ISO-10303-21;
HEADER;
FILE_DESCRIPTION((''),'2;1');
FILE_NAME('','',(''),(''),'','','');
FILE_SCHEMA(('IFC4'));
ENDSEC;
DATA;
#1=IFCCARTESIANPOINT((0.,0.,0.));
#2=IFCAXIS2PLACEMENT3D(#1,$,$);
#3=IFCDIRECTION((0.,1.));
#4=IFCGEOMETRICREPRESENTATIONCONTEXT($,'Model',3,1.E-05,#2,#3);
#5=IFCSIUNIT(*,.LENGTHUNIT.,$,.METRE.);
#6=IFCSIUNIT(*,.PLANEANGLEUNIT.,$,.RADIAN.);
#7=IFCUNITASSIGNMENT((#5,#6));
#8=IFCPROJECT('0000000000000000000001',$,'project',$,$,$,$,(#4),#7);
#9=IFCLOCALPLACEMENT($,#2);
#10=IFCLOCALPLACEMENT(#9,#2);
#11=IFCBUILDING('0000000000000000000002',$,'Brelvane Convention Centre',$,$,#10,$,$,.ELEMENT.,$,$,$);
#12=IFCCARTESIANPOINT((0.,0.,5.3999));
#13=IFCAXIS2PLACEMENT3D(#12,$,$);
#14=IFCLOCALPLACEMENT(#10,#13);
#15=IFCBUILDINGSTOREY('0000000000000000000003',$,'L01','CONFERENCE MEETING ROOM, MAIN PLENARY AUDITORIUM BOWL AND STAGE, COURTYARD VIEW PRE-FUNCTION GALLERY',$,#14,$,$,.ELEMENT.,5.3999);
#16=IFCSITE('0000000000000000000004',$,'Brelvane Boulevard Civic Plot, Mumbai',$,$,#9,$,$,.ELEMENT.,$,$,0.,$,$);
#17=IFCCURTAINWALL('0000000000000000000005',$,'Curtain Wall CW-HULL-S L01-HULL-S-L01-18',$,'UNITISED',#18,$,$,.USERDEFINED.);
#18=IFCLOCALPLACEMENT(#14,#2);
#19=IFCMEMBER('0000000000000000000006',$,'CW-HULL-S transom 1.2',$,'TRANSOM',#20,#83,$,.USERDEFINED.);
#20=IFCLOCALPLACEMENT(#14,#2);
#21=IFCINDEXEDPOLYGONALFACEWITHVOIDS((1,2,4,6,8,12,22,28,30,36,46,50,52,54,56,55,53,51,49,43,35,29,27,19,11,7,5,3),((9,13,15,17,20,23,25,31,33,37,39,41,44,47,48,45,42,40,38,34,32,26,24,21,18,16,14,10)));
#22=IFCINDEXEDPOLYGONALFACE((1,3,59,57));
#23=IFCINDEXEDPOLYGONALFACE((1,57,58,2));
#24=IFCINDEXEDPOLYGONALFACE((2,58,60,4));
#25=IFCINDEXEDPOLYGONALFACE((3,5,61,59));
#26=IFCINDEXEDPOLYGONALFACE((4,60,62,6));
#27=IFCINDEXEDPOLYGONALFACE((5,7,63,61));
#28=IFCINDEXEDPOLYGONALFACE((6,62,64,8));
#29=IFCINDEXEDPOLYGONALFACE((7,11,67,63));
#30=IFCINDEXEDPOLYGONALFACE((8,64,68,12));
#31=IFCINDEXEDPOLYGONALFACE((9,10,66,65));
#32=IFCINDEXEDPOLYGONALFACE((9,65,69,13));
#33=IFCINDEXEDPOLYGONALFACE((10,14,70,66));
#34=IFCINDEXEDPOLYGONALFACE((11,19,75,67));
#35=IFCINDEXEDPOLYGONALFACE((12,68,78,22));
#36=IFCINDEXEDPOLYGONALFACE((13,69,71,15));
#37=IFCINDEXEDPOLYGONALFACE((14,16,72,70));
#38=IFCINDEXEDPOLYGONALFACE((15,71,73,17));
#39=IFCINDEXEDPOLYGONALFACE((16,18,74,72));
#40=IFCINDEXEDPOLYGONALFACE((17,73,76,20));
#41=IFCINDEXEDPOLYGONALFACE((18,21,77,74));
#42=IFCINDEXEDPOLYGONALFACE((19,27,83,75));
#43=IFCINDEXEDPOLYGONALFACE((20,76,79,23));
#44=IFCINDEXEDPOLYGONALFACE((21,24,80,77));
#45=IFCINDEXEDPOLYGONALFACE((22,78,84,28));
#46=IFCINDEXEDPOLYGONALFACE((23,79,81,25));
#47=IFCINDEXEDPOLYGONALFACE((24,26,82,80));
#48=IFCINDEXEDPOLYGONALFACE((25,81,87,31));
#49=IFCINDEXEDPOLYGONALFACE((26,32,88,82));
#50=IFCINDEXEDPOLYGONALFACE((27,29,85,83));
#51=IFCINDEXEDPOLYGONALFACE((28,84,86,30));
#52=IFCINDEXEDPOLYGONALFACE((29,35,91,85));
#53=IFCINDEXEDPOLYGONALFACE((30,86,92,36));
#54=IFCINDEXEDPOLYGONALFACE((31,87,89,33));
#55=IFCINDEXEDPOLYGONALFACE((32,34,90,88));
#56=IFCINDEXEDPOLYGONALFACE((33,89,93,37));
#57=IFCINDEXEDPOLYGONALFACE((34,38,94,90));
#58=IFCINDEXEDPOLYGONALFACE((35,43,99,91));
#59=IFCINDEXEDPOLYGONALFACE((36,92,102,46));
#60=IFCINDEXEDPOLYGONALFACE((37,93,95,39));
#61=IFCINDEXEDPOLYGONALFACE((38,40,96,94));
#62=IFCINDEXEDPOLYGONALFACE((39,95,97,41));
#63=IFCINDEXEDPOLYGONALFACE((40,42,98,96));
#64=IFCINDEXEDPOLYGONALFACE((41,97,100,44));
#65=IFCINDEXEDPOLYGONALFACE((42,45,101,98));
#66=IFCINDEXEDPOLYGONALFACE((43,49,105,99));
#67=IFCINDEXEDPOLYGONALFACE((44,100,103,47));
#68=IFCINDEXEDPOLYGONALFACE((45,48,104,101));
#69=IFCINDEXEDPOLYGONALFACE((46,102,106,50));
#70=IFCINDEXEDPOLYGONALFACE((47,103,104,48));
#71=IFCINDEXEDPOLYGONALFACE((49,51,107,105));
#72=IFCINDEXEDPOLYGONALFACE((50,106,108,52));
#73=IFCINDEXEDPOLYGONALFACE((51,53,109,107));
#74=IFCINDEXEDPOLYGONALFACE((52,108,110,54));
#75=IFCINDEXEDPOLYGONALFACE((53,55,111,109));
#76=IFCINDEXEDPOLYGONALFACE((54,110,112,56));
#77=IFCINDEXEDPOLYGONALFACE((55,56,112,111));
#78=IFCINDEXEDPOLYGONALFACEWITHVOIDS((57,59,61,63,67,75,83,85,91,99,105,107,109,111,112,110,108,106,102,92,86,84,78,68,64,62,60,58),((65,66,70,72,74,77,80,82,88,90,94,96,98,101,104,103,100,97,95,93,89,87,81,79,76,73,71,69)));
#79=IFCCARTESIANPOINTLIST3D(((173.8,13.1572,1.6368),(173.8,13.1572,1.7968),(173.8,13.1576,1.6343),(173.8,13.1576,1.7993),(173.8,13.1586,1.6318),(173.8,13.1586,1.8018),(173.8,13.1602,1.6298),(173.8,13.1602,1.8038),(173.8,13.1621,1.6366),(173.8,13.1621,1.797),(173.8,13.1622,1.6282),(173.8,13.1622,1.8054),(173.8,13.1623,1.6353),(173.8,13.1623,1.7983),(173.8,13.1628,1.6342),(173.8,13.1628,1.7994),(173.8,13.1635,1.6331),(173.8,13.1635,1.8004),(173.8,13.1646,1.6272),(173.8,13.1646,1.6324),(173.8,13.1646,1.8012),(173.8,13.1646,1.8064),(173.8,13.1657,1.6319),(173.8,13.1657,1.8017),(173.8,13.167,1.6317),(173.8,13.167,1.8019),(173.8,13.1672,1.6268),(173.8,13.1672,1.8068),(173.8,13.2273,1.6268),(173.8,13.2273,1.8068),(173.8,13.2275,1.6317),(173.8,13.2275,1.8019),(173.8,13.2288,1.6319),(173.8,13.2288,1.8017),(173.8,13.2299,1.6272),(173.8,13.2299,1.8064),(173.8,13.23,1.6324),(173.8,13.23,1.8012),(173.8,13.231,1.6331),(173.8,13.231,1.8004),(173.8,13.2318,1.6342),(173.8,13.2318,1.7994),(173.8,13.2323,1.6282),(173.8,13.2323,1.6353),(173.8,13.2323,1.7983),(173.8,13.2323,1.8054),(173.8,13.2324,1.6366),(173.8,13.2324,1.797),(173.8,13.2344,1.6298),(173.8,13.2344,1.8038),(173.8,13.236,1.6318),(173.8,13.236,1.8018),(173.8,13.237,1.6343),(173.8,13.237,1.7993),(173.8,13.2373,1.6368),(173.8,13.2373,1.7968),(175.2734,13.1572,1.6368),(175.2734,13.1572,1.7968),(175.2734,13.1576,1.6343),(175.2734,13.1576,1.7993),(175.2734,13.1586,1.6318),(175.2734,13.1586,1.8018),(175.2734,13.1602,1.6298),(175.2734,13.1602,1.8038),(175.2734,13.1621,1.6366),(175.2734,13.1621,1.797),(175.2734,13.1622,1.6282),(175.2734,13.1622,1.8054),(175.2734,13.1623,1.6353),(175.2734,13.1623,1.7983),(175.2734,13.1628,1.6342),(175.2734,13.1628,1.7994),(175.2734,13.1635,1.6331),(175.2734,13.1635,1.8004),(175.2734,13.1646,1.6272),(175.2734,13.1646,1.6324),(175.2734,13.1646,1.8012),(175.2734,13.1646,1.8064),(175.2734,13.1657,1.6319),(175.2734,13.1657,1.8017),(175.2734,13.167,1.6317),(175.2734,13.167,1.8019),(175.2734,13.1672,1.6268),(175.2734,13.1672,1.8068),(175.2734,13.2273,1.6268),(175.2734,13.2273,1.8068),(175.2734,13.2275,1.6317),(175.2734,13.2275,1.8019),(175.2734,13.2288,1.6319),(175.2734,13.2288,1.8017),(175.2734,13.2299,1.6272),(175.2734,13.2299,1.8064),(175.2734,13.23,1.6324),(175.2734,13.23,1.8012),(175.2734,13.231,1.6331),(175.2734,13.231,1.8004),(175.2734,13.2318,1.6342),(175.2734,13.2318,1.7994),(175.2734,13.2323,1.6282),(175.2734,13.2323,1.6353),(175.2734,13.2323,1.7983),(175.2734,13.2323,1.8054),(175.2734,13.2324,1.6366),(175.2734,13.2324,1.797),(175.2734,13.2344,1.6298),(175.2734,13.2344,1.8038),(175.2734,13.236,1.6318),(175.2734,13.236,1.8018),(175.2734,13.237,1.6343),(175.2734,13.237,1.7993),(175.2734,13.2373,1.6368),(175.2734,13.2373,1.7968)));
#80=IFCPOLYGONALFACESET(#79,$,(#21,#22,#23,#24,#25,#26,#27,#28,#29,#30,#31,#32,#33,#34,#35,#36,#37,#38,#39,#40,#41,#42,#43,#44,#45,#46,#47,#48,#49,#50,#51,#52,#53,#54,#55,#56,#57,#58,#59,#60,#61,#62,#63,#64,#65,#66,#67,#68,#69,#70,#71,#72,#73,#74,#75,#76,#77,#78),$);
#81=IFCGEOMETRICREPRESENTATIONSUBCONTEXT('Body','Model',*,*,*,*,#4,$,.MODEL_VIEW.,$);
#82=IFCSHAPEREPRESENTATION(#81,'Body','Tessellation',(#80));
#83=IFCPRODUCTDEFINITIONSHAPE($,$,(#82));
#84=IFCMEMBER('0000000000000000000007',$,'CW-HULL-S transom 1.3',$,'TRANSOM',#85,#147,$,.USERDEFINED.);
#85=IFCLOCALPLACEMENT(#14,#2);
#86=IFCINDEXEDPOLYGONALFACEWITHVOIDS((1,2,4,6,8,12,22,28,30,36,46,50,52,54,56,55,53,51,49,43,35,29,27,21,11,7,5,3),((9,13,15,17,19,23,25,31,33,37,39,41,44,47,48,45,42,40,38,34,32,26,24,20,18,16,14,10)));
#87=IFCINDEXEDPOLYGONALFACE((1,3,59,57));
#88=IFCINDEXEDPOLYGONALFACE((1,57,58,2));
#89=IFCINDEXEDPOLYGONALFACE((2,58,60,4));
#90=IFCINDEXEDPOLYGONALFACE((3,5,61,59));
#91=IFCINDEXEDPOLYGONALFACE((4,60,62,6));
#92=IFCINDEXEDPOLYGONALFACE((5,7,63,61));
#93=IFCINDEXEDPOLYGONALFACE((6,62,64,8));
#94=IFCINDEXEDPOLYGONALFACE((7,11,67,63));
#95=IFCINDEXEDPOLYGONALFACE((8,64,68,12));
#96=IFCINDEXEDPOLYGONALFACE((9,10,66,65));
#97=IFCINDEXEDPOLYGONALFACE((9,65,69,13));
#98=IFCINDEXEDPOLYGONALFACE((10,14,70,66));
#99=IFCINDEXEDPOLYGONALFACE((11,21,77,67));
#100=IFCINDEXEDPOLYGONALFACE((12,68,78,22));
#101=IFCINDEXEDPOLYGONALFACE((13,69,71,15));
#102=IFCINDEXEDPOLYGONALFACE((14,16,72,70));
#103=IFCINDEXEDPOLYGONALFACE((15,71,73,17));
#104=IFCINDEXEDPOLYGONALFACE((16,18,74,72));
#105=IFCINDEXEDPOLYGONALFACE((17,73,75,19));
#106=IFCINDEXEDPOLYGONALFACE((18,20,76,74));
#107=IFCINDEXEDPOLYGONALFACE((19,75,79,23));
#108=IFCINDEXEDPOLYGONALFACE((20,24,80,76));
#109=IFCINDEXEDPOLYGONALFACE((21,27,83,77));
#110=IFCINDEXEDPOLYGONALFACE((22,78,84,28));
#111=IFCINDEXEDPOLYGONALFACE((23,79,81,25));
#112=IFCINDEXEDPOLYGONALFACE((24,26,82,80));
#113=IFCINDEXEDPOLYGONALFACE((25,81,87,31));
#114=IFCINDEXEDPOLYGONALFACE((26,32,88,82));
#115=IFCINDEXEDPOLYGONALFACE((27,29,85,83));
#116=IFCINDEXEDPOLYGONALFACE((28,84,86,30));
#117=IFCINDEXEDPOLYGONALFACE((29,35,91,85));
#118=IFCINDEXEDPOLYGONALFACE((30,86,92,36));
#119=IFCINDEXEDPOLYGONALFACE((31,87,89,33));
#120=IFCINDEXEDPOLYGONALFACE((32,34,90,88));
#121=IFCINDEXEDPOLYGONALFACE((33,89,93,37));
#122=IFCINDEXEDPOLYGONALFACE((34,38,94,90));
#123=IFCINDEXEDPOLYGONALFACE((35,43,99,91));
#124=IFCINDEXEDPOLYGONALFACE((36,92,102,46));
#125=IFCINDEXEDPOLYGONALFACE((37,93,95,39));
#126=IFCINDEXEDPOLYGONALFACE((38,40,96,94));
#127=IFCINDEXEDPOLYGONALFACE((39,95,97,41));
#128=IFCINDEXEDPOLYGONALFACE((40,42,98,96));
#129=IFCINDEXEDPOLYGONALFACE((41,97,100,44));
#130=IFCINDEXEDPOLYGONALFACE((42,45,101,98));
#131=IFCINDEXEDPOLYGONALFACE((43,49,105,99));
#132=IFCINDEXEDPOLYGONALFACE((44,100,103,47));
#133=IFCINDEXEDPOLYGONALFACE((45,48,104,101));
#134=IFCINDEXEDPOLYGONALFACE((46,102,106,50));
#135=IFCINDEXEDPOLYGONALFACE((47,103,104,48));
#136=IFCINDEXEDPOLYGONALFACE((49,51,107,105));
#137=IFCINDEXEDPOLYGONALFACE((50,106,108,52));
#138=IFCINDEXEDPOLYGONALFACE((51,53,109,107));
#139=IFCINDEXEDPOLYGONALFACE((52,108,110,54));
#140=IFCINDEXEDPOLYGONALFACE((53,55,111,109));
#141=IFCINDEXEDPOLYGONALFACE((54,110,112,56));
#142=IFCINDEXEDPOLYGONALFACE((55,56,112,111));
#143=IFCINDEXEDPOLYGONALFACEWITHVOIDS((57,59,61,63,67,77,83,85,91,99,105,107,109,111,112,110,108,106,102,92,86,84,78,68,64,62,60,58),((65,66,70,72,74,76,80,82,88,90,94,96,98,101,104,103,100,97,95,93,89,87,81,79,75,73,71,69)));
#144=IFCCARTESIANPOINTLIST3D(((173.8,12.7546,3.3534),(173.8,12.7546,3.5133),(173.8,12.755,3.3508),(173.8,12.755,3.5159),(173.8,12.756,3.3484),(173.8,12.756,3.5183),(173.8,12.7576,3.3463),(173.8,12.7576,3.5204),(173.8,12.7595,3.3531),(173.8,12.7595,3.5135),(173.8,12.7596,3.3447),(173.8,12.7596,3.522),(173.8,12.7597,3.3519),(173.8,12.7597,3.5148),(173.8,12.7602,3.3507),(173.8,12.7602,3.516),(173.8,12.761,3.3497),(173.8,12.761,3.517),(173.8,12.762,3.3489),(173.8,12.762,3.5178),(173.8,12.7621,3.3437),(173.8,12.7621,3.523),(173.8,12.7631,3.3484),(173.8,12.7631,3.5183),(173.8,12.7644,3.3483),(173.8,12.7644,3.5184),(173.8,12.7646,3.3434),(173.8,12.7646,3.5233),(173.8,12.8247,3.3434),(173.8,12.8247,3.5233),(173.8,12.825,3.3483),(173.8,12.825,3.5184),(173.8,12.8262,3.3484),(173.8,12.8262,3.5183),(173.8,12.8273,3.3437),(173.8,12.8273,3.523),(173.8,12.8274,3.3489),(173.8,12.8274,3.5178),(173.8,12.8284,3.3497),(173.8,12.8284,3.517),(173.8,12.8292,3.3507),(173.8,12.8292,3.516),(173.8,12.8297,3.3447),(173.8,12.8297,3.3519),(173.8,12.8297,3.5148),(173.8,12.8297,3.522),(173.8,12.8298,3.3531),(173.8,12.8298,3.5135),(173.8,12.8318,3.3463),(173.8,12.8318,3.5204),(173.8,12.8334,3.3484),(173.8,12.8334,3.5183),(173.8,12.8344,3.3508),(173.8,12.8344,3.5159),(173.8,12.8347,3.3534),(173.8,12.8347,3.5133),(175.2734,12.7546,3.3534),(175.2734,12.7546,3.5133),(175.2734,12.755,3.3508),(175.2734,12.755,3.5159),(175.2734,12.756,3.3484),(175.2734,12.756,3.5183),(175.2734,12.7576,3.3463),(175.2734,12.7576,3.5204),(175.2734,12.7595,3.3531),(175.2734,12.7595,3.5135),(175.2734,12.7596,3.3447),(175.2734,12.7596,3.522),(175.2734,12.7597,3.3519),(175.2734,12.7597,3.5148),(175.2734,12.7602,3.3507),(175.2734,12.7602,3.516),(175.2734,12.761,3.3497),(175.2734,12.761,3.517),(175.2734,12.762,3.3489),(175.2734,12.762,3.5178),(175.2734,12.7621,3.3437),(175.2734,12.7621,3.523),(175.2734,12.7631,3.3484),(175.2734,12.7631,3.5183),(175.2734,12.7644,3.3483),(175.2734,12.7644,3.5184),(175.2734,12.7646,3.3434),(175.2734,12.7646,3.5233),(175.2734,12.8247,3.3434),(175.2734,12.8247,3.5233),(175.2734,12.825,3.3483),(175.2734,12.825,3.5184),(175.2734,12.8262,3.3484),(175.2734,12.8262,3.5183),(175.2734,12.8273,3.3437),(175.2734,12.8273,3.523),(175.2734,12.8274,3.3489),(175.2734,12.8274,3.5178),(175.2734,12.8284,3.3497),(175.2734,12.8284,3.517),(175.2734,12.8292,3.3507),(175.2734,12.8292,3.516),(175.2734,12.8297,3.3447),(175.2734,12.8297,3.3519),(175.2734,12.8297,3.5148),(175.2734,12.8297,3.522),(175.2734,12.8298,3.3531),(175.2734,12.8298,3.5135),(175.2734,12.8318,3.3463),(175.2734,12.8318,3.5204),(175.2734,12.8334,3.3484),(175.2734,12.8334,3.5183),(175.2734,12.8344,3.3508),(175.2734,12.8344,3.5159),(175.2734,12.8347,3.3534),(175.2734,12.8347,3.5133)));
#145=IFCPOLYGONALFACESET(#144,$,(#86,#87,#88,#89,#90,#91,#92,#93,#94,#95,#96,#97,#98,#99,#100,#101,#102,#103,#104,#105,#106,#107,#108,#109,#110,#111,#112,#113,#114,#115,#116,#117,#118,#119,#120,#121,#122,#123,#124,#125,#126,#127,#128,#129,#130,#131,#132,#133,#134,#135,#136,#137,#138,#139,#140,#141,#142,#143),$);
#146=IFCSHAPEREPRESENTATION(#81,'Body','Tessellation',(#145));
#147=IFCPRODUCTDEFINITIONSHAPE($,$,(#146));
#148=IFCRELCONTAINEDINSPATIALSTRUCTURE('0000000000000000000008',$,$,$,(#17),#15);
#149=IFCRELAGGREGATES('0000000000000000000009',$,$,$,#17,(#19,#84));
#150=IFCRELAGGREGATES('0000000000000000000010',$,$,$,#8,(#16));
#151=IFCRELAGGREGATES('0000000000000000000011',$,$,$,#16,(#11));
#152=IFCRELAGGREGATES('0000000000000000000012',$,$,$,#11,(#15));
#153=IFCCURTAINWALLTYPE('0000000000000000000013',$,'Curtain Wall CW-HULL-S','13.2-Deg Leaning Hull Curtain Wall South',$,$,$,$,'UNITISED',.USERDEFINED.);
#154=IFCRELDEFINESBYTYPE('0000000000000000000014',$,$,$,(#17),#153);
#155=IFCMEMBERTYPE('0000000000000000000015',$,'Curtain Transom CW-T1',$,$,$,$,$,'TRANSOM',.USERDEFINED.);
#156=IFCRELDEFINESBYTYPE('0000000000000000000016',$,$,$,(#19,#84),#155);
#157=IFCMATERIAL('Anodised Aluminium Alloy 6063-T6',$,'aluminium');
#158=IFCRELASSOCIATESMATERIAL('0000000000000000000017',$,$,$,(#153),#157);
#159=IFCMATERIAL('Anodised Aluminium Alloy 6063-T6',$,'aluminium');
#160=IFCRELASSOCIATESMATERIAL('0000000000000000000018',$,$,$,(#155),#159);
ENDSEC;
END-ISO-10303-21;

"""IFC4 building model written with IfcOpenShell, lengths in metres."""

from ifc_helpers import new_model, si_unit, direction, frame, origin, origin_2d, place, context, subcontext, project, spatial, hollow_rectangle, extrude, material, material_profile, profile_set, type_object, element, aggregate, save


model = new_model("IFC4")

# Units and contexts
model_context = context("Model", 3, precision=1e-05, world=origin(), true_north=direction((0.0, 1.0)))
body_context = subcontext(model_context, "Body", "Model", "MODEL_VIEW")
ifc_project = project(units=[si_unit("LENGTHUNIT", "METRE"), si_unit("PLANEANGLEUNIT", "RADIAN")], contexts=[model_context])

# Site, building, storey
site_placement = place(None, origin())
site = spatial("IfcSite", under=ifc_project, at=site_placement, Name="Brelvane Boulevard Civic Plot, Mumbai", CompositionType="ELEMENT", RefElevation=0.0)
building_placement = place(site_placement, origin())
building = spatial("IfcBuilding", under=site, at=building_placement, Name="Brelvane Convention Centre", CompositionType="ELEMENT")
storey_placement = place(building_placement, frame((0.0, 0.0, 5.3999)))
storey = spatial("IfcBuildingStorey", under=building, at=storey_placement, Name="L01", Description="CONFERENCE MEETING ROOM, MAIN PLENARY AUDITORIUM BOWL AND STAGE, COURTYARD VIEW PRE-FUNCTION GALLERY", CompositionType="ELEMENT", Elevation=5.3999)

# Curtain wall, members
ifc_material_1 = material(Name="Anodised Aluminium Alloy 6063-T6", Category="aluminium")
curtain_wall_type = type_object("IfcCurtainWallType", Name="Curtain Wall CW-HULL-S", Description="13.2-Deg Leaning Hull Curtain Wall South", ElementType="UNITISED", PredefinedType="USERDEFINED", material=ifc_material_1)
ifc_material_2 = material(Name="Anodised Aluminium Alloy 6063-T6", Category="aluminium")
ifc_material_profile = material_profile(ifc_material_2, hollow_rectangle(XDim=0.0801, YDim=0.1799, WallThickness=0.0049, InnerFilletRadius=0.0049, OuterFilletRadius=0.01, at=origin_2d()), Name="ALU-T 180x80x5.0")
ifc_profile_set = profile_set([ifc_material_profile], Name="Anodised Aluminium Alloy 6063-T6")
member_type = type_object("IfcMemberType", Name="Curtain Transom CW-T1", ElementType="TRANSOM", PredefinedType="USERDEFINED", material=ifc_profile_set)
curtain_wall_1_placement = place(storey_placement, origin())
curtain_wall_1 = element("IfcCurtainWall", 1, at=curtain_wall_1_placement, inside=storey, type_object=curtain_wall_type, Name="Curtain Wall CW-HULL-S L01-HULL-S-L01-18", ObjectType="UNITISED", PredefinedType="USERDEFINED")
member_1_placement = place(storey_placement, frame((173.8, 13.1973, 1.7168), z_axis=(1.0, 0.0, 0.0), x_axis=(0.0, 1.0, 0.0)))
member_1 = element("IfcMember", 2, at=member_1_placement, type_object=member_type, Name="CW-HULL-S transom 1.2", ObjectType="TRANSOM", PredefinedType="USERDEFINED", context=body_context, shape_type="SweptSolid", body=[
    extrude(hollow_rectangle(XDim=0.0801, YDim=0.1799, WallThickness=0.0049, InnerFilletRadius=0.0049, OuterFilletRadius=0.01, at=origin_2d()), origin(), (0.0, 0.0, 1.0), 1.4734),
])
member_2_placement = place(storey_placement, frame((173.8, 12.7947, 3.4333), z_axis=(1.0, 0.0, 0.0), x_axis=(0.0, 1.0, 0.0)))
member_2 = element("IfcMember", 3, at=member_2_placement, type_object=member_type, Name="CW-HULL-S transom 1.3", ObjectType="TRANSOM", PredefinedType="USERDEFINED", context=body_context, shape_type="SweptSolid", body=[
    extrude(hollow_rectangle(XDim=0.0801, YDim=0.1799, WallThickness=0.0049, InnerFilletRadius=0.0049, OuterFilletRadius=0.01, at=origin_2d()), origin(), (0.0, 0.0, 1.0), 1.4734),
])

aggregate(curtain_wall_1, [member_1, member_2])

save(model, "model.ifc")
